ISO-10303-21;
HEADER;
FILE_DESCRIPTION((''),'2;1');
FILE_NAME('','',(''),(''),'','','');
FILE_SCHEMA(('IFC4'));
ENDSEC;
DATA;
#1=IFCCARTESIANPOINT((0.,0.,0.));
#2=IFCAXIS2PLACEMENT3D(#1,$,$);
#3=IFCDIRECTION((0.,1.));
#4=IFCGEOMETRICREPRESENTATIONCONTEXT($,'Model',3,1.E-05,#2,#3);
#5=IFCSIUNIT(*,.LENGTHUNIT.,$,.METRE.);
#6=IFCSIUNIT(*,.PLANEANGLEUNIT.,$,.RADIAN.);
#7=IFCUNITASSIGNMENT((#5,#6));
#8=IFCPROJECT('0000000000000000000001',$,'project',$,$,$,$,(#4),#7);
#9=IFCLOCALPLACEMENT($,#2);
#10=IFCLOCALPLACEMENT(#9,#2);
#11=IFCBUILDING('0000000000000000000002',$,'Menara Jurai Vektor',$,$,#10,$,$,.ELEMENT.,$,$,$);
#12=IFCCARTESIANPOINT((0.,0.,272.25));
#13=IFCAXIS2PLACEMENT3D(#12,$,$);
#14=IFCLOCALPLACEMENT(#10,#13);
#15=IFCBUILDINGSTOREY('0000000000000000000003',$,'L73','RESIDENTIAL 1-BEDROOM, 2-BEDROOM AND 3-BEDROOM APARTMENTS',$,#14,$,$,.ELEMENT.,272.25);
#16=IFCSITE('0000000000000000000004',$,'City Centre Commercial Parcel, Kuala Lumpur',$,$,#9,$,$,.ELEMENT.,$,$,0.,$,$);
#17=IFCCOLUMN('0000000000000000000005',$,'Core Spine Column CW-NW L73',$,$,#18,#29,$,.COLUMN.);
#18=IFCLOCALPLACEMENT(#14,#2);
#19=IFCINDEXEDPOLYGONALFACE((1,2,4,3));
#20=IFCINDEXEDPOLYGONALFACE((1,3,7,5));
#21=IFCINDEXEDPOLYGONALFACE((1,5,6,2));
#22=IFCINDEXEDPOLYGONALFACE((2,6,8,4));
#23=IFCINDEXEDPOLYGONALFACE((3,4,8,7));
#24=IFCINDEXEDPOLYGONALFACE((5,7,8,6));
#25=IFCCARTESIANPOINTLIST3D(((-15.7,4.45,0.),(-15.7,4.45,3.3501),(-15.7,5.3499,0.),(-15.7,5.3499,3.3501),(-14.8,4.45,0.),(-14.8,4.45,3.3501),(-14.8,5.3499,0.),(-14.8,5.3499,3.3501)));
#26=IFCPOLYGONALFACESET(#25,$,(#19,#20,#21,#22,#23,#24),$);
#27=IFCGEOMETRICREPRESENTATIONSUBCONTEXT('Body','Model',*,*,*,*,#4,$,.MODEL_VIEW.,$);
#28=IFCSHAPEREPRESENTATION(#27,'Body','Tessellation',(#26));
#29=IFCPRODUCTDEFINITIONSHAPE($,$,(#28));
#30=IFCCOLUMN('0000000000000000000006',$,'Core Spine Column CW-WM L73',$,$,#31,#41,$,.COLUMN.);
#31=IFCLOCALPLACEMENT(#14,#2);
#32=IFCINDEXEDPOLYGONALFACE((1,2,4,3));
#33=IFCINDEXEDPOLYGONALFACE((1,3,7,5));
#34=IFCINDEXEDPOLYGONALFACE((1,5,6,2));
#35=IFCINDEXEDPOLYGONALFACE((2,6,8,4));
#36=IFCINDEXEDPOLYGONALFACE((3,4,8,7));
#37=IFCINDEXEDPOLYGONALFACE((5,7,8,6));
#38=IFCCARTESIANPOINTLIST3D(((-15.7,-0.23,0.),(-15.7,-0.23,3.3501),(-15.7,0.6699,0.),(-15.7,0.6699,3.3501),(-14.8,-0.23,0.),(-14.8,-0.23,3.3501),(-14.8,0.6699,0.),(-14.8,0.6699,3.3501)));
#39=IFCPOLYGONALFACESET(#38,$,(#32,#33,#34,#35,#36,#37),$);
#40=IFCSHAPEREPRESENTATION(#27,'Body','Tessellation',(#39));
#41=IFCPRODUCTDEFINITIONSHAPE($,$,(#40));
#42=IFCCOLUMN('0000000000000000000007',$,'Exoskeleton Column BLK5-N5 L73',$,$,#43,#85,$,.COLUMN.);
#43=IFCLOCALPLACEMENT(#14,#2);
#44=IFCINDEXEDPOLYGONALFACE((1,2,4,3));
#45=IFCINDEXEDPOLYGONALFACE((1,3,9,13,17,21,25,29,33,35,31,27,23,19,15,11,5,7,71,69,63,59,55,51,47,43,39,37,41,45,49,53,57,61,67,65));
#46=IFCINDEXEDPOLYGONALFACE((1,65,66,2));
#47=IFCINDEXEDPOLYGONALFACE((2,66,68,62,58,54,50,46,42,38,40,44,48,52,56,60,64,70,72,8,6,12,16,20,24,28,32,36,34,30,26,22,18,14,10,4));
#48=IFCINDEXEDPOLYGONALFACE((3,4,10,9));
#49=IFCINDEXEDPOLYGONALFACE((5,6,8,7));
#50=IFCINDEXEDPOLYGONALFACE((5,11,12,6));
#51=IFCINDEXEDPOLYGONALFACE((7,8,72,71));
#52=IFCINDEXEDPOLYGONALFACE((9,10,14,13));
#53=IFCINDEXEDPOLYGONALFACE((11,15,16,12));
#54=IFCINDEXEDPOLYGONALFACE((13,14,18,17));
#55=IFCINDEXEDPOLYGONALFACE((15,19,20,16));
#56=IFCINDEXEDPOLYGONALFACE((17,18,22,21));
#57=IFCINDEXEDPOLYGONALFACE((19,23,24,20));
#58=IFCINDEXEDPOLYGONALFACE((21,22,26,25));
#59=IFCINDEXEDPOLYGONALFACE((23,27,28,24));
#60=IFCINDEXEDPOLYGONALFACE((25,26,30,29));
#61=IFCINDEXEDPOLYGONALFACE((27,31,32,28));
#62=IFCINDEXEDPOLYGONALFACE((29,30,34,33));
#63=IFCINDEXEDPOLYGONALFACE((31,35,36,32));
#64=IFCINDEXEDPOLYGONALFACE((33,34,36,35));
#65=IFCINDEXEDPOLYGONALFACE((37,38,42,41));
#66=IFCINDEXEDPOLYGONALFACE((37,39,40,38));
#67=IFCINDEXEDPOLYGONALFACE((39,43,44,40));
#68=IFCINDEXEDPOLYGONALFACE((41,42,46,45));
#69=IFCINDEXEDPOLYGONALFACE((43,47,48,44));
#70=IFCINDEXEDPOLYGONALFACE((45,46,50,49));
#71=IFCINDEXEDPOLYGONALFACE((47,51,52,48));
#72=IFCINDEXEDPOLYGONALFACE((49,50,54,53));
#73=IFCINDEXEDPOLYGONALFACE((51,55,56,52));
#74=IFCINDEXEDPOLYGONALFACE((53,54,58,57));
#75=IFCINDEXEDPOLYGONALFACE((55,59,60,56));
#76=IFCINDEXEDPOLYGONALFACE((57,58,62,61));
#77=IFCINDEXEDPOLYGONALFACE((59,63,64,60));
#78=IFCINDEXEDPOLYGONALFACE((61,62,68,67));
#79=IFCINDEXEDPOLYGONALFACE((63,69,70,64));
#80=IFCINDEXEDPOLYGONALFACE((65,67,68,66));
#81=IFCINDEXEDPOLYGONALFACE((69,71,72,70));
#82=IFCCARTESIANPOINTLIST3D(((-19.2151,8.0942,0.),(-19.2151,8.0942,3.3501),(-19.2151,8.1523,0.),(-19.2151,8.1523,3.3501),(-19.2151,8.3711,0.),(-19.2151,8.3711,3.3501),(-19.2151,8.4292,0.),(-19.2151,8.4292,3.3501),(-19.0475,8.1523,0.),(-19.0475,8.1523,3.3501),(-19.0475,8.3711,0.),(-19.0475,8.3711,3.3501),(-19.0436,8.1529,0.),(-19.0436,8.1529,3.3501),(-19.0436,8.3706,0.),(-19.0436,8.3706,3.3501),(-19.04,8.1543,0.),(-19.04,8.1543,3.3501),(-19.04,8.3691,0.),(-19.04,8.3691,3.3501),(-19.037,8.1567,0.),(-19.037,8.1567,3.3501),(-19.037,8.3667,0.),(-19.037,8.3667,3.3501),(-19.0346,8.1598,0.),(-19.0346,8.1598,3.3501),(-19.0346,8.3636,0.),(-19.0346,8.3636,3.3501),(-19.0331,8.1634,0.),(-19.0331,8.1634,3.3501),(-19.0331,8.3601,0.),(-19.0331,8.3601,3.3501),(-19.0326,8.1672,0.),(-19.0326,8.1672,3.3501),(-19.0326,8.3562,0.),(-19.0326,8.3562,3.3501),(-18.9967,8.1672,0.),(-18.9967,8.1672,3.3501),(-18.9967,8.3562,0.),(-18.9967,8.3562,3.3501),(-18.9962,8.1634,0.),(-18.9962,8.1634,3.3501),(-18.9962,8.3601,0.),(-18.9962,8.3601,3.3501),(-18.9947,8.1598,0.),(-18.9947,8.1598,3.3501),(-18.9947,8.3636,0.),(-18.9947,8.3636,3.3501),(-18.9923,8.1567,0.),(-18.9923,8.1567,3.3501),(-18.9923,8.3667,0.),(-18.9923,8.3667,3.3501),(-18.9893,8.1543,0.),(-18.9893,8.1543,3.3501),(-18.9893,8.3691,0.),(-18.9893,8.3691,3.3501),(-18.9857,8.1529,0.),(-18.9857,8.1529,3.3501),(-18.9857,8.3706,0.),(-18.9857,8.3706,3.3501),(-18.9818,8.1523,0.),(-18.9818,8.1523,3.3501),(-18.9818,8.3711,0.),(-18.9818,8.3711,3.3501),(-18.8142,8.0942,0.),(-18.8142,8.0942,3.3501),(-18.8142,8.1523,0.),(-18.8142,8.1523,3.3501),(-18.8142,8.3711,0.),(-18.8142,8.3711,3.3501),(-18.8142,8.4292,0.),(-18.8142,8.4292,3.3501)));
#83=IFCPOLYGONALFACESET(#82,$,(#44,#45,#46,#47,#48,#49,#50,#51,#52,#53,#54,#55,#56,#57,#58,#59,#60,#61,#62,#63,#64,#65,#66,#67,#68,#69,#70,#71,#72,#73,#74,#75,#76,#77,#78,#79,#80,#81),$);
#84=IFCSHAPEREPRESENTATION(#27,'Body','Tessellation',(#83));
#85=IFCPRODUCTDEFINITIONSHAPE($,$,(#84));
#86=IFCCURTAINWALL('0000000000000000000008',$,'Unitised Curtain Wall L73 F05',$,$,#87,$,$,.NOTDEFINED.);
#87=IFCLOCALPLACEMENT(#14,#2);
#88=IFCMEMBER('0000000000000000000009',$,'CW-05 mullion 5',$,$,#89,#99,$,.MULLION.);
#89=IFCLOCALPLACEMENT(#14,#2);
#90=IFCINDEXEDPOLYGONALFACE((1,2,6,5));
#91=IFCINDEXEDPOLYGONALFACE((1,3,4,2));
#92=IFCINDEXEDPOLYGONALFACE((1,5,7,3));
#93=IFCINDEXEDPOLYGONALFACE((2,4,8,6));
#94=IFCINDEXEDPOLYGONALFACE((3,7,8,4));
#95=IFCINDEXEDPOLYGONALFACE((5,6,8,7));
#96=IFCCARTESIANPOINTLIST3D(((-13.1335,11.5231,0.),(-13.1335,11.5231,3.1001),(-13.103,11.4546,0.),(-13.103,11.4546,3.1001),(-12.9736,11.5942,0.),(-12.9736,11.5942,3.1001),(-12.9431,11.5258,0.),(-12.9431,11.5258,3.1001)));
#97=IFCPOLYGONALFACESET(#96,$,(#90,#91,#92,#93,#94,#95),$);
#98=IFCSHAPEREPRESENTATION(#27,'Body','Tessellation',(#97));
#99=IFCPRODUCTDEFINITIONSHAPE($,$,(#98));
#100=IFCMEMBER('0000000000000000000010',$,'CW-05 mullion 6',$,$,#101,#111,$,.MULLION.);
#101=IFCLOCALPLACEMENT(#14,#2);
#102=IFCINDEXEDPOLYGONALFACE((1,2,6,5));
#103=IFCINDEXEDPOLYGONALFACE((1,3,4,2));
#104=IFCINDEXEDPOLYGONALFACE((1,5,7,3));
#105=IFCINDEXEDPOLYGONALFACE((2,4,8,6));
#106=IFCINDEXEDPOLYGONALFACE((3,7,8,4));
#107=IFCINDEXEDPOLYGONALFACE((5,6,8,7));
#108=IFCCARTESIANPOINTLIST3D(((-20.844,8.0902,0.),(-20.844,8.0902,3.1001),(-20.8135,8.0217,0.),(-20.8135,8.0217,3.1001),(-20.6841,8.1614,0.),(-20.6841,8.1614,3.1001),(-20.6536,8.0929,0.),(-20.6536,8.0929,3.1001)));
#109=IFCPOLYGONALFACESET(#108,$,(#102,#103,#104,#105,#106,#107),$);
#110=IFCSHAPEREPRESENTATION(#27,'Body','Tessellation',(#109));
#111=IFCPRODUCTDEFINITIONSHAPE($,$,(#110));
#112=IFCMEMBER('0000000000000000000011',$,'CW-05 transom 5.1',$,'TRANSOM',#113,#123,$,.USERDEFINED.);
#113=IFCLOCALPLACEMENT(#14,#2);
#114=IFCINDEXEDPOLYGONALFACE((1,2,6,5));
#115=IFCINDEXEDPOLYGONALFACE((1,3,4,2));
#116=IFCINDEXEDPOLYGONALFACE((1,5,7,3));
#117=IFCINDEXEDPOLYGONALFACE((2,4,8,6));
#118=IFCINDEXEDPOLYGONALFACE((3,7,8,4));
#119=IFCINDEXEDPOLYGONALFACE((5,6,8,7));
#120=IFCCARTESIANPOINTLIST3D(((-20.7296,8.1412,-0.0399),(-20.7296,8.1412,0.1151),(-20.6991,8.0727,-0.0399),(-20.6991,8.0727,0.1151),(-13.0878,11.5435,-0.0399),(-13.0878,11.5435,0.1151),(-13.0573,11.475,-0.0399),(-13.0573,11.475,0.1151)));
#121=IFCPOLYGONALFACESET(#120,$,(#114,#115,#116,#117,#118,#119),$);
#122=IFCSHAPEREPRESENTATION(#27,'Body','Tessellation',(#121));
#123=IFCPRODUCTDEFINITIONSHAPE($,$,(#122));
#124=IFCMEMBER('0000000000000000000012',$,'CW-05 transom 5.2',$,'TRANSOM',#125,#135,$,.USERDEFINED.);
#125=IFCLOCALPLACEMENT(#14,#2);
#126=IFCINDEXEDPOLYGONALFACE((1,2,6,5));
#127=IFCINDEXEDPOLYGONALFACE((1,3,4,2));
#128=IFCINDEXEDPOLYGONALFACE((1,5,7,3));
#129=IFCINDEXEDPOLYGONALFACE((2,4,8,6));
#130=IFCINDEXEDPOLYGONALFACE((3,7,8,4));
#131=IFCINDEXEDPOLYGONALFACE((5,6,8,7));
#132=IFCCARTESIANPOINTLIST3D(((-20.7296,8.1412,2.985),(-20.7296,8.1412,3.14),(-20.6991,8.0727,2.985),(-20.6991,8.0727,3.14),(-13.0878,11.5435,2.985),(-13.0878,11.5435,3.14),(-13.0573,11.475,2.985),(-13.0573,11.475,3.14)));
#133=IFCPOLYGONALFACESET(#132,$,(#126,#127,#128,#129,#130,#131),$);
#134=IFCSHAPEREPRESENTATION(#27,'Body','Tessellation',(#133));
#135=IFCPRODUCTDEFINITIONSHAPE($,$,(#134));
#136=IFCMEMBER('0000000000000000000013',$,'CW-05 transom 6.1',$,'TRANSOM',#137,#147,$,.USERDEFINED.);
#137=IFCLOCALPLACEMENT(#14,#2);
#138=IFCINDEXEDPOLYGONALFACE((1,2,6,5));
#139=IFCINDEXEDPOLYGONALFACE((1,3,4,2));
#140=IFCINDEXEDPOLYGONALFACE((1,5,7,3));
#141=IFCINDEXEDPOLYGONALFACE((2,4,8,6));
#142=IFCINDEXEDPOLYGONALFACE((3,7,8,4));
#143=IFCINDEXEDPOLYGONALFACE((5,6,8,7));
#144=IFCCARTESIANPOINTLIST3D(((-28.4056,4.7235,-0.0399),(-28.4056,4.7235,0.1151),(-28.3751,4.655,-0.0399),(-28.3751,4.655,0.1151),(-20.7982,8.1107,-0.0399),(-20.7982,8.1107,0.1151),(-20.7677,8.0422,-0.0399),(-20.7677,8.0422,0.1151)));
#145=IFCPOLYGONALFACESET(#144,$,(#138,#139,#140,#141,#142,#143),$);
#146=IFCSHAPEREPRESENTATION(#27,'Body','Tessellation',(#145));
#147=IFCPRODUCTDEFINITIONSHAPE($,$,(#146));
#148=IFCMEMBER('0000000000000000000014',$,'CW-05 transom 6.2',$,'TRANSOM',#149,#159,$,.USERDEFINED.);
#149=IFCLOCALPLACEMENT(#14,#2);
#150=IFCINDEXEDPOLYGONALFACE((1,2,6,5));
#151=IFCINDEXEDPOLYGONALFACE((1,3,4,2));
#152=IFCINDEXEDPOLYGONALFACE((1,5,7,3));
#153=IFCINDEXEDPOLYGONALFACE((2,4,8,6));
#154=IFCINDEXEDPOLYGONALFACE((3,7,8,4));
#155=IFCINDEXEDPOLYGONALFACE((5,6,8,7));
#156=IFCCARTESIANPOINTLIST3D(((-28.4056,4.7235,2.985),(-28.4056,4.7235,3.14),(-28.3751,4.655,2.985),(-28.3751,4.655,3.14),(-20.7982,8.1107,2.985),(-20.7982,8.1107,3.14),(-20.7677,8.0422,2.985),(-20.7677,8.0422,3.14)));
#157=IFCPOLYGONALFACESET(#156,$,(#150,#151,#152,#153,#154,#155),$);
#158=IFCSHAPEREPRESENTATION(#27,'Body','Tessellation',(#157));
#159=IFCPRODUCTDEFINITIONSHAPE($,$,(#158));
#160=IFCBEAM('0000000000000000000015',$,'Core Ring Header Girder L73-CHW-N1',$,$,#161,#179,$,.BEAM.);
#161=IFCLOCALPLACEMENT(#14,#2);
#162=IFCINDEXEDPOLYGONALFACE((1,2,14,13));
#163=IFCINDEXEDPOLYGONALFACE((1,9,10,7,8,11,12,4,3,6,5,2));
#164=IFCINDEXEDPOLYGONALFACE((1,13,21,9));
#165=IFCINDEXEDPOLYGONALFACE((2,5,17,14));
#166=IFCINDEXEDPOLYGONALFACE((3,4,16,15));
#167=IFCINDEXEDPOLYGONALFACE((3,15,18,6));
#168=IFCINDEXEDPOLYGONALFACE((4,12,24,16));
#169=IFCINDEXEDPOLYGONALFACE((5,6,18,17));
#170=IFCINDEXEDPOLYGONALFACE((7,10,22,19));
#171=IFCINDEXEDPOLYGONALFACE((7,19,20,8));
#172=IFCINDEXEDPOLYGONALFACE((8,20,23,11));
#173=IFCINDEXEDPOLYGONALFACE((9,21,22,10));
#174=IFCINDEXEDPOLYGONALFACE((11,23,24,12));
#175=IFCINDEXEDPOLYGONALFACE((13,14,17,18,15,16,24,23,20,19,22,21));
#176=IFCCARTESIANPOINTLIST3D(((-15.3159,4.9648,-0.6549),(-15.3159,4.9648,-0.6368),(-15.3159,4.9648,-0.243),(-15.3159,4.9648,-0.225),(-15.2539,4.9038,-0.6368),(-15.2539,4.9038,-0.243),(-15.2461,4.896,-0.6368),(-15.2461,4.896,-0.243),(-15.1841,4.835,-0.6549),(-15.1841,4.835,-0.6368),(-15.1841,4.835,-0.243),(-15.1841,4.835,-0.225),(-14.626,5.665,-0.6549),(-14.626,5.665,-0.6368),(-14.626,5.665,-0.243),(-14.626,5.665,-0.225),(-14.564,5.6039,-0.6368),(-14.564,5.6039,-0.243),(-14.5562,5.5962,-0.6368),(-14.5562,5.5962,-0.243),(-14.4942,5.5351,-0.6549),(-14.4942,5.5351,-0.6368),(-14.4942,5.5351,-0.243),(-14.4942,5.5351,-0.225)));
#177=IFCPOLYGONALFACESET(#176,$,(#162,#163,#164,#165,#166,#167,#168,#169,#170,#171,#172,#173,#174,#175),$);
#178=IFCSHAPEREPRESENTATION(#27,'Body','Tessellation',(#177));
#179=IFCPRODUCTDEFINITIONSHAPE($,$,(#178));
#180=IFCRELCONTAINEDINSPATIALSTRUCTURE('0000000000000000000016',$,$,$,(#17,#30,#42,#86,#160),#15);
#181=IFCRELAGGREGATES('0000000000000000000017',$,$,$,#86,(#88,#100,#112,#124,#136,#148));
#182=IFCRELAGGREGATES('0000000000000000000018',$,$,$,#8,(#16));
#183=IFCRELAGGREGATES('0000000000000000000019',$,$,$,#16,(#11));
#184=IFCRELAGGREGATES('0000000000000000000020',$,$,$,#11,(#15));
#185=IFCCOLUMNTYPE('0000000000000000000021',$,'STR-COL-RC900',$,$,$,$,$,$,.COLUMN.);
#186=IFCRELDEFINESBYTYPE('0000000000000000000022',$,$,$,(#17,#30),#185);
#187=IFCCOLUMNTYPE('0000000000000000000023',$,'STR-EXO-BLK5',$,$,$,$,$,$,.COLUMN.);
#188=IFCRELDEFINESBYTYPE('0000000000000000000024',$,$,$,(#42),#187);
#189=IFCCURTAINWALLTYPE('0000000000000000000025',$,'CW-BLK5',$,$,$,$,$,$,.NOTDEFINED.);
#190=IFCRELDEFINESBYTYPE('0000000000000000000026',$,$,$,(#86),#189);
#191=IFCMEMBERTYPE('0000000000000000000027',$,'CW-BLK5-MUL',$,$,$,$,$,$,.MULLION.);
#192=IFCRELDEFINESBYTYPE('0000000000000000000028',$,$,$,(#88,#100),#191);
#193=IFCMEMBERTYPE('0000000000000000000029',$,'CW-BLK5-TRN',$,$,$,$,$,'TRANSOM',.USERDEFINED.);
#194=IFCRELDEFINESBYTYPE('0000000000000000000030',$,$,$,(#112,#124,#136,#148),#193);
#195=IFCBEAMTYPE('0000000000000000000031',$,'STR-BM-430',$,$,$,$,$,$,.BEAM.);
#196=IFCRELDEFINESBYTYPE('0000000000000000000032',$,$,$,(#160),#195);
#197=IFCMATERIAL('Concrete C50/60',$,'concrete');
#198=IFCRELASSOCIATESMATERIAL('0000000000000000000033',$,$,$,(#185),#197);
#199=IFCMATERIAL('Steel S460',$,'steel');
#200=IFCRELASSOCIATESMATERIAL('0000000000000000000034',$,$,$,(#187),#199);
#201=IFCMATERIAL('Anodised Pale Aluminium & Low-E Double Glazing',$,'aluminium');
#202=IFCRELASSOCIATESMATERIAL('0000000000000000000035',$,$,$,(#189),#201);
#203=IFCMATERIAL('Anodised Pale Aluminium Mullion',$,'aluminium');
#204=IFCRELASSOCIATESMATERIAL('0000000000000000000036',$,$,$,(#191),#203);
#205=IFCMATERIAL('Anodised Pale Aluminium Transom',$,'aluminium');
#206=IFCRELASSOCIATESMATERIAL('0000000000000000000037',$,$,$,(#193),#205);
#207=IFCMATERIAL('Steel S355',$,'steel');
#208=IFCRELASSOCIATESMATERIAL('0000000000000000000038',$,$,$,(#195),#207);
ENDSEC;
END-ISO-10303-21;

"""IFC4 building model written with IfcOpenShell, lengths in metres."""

from ifc_helpers import new_model, si_unit, direction, frame, origin, origin_2d, place, context, subcontext, project, spatial, rectangle, i_section, extrude, material, material_profile, profile_set, type_object, element, aggregate, save


model = new_model("IFC4")

# Units and contexts
model_context = context("Model", 3, precision=1e-05, world=origin(), true_north=direction((0.0, 1.0)))
body_context = subcontext(model_context, "Body", "Model", "MODEL_VIEW")
ifc_project = project(units=[si_unit("LENGTHUNIT", "METRE"), si_unit("PLANEANGLEUNIT", "RADIAN")], contexts=[model_context])

# Site, building, storey
site_placement = place(None, origin())
site = spatial("IfcSite", under=ifc_project, at=site_placement, Name="City Centre Commercial Parcel, Kuala Lumpur", CompositionType="ELEMENT", RefElevation=0.0)
building_placement = place(site_placement, origin())
building = spatial("IfcBuilding", under=site, at=building_placement, Name="Menara Jurai Vektor", CompositionType="ELEMENT")
storey_placement = place(building_placement, frame((0.0, 0.0, 272.25)))
storey = spatial("IfcBuildingStorey", under=building, at=storey_placement, Name="L73", Description="RESIDENTIAL 1-BEDROOM, 2-BEDROOM AND 3-BEDROOM APARTMENTS", CompositionType="ELEMENT", Elevation=272.25)

# Columns
ifc_material_1 = material(Name="Concrete C50/60", Category="concrete")
ifc_material_profile_1 = material_profile(ifc_material_1, rectangle(XDim=0.8999, YDim=0.8999, at=origin_2d()), Name="RC 900x900")
ifc_profile_set_1 = profile_set([ifc_material_profile_1], Name="Concrete C50/60")
column_type_1 = type_object("IfcColumnType", Name="STR-COL-RC900", PredefinedType="COLUMN", material=ifc_profile_set_1)
for number, where, z_axis, x_axis, name in (
    (1, (-15.25, 4.8999, 0.0), (0.0, 0.0, 1.0), (1.0, 0.0, 0.0), "Core Spine Column CW-NW L73"),
    (2, (-15.25, 0.22, 0.0), (0.0, 0.0, 1.0), (1.0, 0.0, 0.0), "Core Spine Column CW-WM L73"),
):
    element("IfcColumn", number, at=place(storey_placement, frame(where, z_axis=z_axis, x_axis=x_axis)), inside=storey, type_object=column_type_1, Name=name, PredefinedType="COLUMN", context=body_context, shape_type="SweptSolid", body=[
        extrude(rectangle(XDim=0.8999, YDim=0.8999, at=origin_2d()), origin(), (0.0, 0.0, 1.0), 3.3501),
    ])
ifc_material_2 = material(Name="Steel S460", Category="steel")
ifc_material_profile_2 = material_profile(ifc_material_2, i_section(OverallWidth=0.4009, OverallDepth=0.335, WebThickness=0.0359, FlangeThickness=0.0581, FilletRadius=0.0149, at=origin_2d()), Name="HD 400x463")
ifc_profile_set_2 = profile_set([ifc_material_profile_2], Name="Steel S460")
column_type_2 = type_object("IfcColumnType", Name="STR-EXO-BLK5", PredefinedType="COLUMN", material=ifc_profile_set_2)
column_placement = place(storey_placement, frame((-19.0146, 8.2617, 0.0), z_axis=(0.0, 0.0, 1.0), x_axis=(1.0, 0.0, 0.0)))
element("IfcColumn", 3, at=column_placement, inside=storey, type_object=column_type_2, Name="Exoskeleton Column BLK5-N5 L73", PredefinedType="COLUMN", context=body_context, shape_type="SweptSolid", body=[
    extrude(i_section(OverallWidth=0.4009, OverallDepth=0.335, WebThickness=0.0359, FlangeThickness=0.0581, FilletRadius=0.0149, at=origin_2d()), origin(), (0.0, 0.0, 1.0), 3.3501),
])

# Curtain wall, members
ifc_material_3 = material(Name="Anodised Pale Aluminium & Low-E Double Glazing", Category="aluminium")
curtain_wall_type = type_object("IfcCurtainWallType", Name="CW-BLK5", PredefinedType="NOTDEFINED", material=ifc_material_3)
curtain_wall_placement = place(storey_placement, origin())
curtain_wall = element("IfcCurtainWall", 4, at=curtain_wall_placement, inside=storey, type_object=curtain_wall_type, Name="Unitised Curtain Wall L73 F05", PredefinedType="NOTDEFINED")
ifc_material_4 = material(Name="Anodised Pale Aluminium Mullion", Category="aluminium")
ifc_material_profile_3 = material_profile(ifc_material_4, rectangle(XDim=0.075, YDim=0.175, at=origin_2d()), Name="ALU MUL 75x175")
ifc_profile_set_3 = profile_set([ifc_material_profile_3], Name="Anodised Pale Aluminium Mullion")
member_type_1 = type_object("IfcMemberType", Name="CW-BLK5-MUL", PredefinedType="MULLION", material=ifc_profile_set_3)
member_1_placement = place(storey_placement, frame((-13.0383, 11.5244, 0.0), z_axis=(0.0, 0.0, 1.0), x_axis=(0.406735, -0.913546, 0.0)))
member_1 = element("IfcMember", 5, at=member_1_placement, type_object=member_type_1, Name="CW-05 mullion 5", PredefinedType="MULLION", context=body_context, shape_type="SweptSolid", body=[
    extrude(rectangle(XDim=0.075, YDim=0.175, at=origin_2d()), origin(), (0.0, 0.0, 1.0), 3.1001),
])
member_2_placement = place(storey_placement, frame((-20.7488, 8.0916, 0.0), z_axis=(0.0, 0.0, 1.0), x_axis=(0.406735, -0.913546, 0.0)))
member_2 = element("IfcMember", 6, at=member_2_placement, type_object=member_type_1, Name="CW-05 mullion 6", PredefinedType="MULLION", context=body_context, shape_type="SweptSolid", body=[
    extrude(rectangle(XDim=0.075, YDim=0.175, at=origin_2d()), origin(), (0.0, 0.0, 1.0), 3.1001),
])
ifc_material_5 = material(Name="Anodised Pale Aluminium Transom", Category="aluminium")
ifc_material_profile_4 = material_profile(ifc_material_5, rectangle(XDim=0.075, YDim=0.155, at=origin_2d()), Name="ALU TRN 75x155")
ifc_profile_set_4 = profile_set([ifc_material_profile_4], Name="Anodised Pale Aluminium Transom")
member_type_2 = type_object("IfcMemberType", Name="CW-BLK5-TRN", ElementType="TRANSOM", PredefinedType="USERDEFINED", material=ifc_profile_set_4)
member_3_placement = place(storey_placement, frame((-13.0725, 11.5093, 0.0376), z_axis=(-0.913547, -0.406734, 0.0), x_axis=(0.406734, -0.913547, 0.0)))
member_3 = element("IfcMember", 7, at=member_3_placement, type_object=member_type_2, Name="CW-05 transom 5.1", ObjectType="TRANSOM", PredefinedType="USERDEFINED", context=body_context, shape_type="SweptSolid", body=[
    extrude(rectangle(XDim=0.075, YDim=0.155, at=origin_2d()), origin(), (0.0, 0.0, 1.0), 8.365),
])
member_4_placement = place(storey_placement, frame((-13.0725, 11.5093, 3.0625), z_axis=(-0.913547, -0.406734, 0.0), x_axis=(0.406734, -0.913547, 0.0)))
member_4 = element("IfcMember", 8, at=member_4_placement, type_object=member_type_2, Name="CW-05 transom 5.2", ObjectType="TRANSOM", PredefinedType="USERDEFINED", context=body_context, shape_type="SweptSolid", body=[
    extrude(rectangle(XDim=0.075, YDim=0.155, at=origin_2d()), origin(), (0.0, 0.0, 1.0), 8.365),
])
member_5_placement = place(storey_placement, frame((-20.783, 8.0764, 0.0376), z_axis=(-0.913538, -0.406753, 0.0), x_axis=(0.406753, -0.913538, 0.0)))
member_5 = element("IfcMember", 9, at=member_5_placement, type_object=member_type_2, Name="CW-05 transom 6.1", ObjectType="TRANSOM", PredefinedType="USERDEFINED", context=body_context, shape_type="SweptSolid", body=[
    extrude(rectangle(XDim=0.075, YDim=0.155, at=origin_2d()), origin(), (0.0, 0.0, 1.0), 8.3274),
])
member_6_placement = place(storey_placement, frame((-20.783, 8.0764, 3.0625), z_axis=(-0.913538, -0.406753, 0.0), x_axis=(0.406753, -0.913538, 0.0)))
member_6 = element("IfcMember", 10, at=member_6_placement, type_object=member_type_2, Name="CW-05 transom 6.2", ObjectType="TRANSOM", PredefinedType="USERDEFINED", context=body_context, shape_type="SweptSolid", body=[
    extrude(rectangle(XDim=0.075, YDim=0.155, at=origin_2d()), origin(), (0.0, 0.0, 1.0), 8.3274),
])

# Beam
ifc_material_6 = material(Name="Steel S355", Category="steel")
ifc_material_profile_5 = material_profile(ifc_material_6, i_section(OverallWidth=0.1851, OverallDepth=0.4299, WebThickness=0.011, FlangeThickness=0.0181, at=origin_2d()), Name="PG 430x185x76")
ifc_profile_set_5 = profile_set([ifc_material_profile_5], Name="Steel S355")
beam_type_1 = type_object("IfcBeamType", Name="STR-BM-430", PredefinedType="BEAM", material=ifc_profile_set_5)
beam_1_placement = place(storey_placement, frame((-15.25, 4.8999, -0.4399), z_axis=(0.701872, 0.712303, 0.0), x_axis=(-0.712303, 0.701872, 0.0)))
element("IfcBeam", 11, at=beam_1_placement, inside=storey, type_object=beam_type_1, Name="Core Ring Header Girder L73-CHW-N1", PredefinedType="BEAM", context=body_context, shape_type="SweptSolid", body=[
    extrude(i_section(OverallWidth=0.1851, OverallDepth=0.4299, WebThickness=0.011, FlangeThickness=0.0181, at=origin_2d()), origin(), (0.0, 0.0, 1.0), 0.9829),
])

aggregate(curtain_wall, [member_1, member_2, member_3, member_4, member_5, member_6])

save(model, "model.ifc")
